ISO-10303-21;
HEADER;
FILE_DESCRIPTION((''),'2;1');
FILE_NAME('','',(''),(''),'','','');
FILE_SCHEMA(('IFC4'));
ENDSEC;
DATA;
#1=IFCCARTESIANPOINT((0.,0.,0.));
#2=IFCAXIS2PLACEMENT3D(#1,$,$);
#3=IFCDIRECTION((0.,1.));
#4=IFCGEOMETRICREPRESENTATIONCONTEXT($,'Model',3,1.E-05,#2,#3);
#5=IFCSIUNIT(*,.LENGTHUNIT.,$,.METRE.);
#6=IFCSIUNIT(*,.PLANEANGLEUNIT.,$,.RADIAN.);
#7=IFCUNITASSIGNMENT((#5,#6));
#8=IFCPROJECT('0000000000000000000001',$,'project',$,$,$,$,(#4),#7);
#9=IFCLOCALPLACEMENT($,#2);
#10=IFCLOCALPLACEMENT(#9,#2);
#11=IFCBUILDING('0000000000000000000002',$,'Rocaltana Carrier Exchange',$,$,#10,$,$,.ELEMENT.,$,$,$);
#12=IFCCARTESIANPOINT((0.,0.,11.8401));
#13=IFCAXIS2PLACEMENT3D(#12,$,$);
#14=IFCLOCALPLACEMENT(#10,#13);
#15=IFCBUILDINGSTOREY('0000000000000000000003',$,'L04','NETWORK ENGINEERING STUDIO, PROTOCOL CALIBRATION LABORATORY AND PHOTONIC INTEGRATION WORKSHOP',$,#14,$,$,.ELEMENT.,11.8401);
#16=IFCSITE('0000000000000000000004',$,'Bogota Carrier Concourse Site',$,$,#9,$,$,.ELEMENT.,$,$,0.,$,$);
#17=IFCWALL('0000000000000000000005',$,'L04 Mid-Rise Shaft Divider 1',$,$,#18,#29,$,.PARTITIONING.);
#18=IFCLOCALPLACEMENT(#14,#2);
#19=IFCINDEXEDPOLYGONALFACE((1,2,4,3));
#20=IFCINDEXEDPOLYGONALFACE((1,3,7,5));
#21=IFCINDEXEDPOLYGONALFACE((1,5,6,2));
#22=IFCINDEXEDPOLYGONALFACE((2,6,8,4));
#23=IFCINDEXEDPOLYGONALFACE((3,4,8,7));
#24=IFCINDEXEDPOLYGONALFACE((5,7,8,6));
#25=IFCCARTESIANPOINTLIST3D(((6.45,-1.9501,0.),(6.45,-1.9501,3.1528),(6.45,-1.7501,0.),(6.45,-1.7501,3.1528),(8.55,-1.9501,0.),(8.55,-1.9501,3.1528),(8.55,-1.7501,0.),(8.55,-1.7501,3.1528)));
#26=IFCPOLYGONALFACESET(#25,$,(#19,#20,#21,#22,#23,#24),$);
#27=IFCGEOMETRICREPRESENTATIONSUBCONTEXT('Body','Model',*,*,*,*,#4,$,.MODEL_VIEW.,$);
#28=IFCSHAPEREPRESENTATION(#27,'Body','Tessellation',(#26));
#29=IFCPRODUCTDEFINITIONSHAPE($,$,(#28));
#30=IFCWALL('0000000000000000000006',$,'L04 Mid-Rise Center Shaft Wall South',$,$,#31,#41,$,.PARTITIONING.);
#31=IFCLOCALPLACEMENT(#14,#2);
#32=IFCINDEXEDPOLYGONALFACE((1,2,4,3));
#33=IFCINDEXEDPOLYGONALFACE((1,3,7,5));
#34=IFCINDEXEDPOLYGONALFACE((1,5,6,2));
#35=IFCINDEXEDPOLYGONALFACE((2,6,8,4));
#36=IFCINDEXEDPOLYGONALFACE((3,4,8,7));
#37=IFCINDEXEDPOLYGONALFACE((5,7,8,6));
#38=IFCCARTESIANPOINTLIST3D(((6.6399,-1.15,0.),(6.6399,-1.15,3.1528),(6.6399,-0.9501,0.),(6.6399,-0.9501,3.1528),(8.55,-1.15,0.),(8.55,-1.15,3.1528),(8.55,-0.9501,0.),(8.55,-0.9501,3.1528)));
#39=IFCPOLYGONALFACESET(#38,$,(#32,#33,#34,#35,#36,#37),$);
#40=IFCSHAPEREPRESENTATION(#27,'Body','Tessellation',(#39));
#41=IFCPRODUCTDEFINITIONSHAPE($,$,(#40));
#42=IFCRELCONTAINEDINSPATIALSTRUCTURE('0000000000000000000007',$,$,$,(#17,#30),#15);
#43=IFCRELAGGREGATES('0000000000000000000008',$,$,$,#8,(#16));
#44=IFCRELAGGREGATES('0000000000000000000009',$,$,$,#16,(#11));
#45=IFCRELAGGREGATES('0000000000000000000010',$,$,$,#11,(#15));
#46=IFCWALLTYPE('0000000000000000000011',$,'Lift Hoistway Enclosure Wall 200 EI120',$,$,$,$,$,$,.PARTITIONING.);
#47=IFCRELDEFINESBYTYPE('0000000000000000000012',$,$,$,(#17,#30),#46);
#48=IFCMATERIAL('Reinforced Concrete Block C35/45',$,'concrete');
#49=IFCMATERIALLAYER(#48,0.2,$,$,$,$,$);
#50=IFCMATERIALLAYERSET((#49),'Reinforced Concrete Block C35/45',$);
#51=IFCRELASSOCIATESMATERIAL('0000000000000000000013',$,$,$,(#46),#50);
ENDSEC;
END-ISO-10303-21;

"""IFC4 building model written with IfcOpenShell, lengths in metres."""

from ifc_helpers import new_model, si_unit, direction, frame, frame_2d, origin, place, context, subcontext, project, spatial, rectangle, extrude, material, layer, layer_set, type_object, element, save


model = new_model("IFC4")

# Units and contexts
model_context = context("Model", 3, precision=1e-05, world=origin(), true_north=direction((0.0, 1.0)))
body_context = subcontext(model_context, "Body", "Model", "MODEL_VIEW")
ifc_project = project(units=[si_unit("LENGTHUNIT", "METRE"), si_unit("PLANEANGLEUNIT", "RADIAN")], contexts=[model_context])

# Site, building, storey
site_placement = place(None, origin())
site = spatial("IfcSite", under=ifc_project, at=site_placement, Name="Bogota Carrier Concourse Site", CompositionType="ELEMENT", RefElevation=0.0)
building_placement = place(site_placement, origin())
building = spatial("IfcBuilding", under=site, at=building_placement, Name="Rocaltana Carrier Exchange", CompositionType="ELEMENT")
storey_placement = place(building_placement, frame((0.0, 0.0, 11.8401)))
storey = spatial("IfcBuildingStorey", under=building, at=storey_placement, Name="L04", Description="NETWORK ENGINEERING STUDIO, PROTOCOL CALIBRATION LABORATORY AND PHOTONIC INTEGRATION WORKSHOP", CompositionType="ELEMENT", Elevation=11.8401)

# Walls
ifc_material_1 = material(Name="Reinforced Concrete Block C35/45", Category="concrete")
ifc_layer_1 = layer(ifc_material_1, 0.2)
ifc_layer_set_1 = layer_set([ifc_layer_1], Name="Reinforced Concrete Block C35/45")
wall_type_1 = type_object("IfcWallType", Name="Lift Hoistway Enclosure Wall 200 EI120", PredefinedType="PARTITIONING", material=ifc_layer_set_1)
wall_1_placement = place(storey_placement, frame((6.45, -1.8501, 0.0), z_axis=(0.0, 0.0, 1.0), x_axis=(1.0, 0.0, 0.0)))
element("IfcWall", 1, at=wall_1_placement, inside=storey, type_object=wall_type_1, Name="L04 Mid-Rise Shaft Divider 1", PredefinedType="PARTITIONING", context=body_context, shape_type="SweptSolid", body=[
    extrude(rectangle(XDim=2.1001, YDim=0.2, at=frame_2d((1.05, 0.0))), origin(), (0.0, 0.0, 1.0), 3.1528),
])
wall_2_placement = place(storey_placement, frame((6.6399, -1.05, 0.0), z_axis=(0.0, 0.0, 1.0), x_axis=(1.0, 0.0, 0.0)))
element("IfcWall", 2, at=wall_2_placement, inside=storey, type_object=wall_type_1, Name="L04 Mid-Rise Center Shaft Wall South", PredefinedType="PARTITIONING", context=body_context, shape_type="SweptSolid", body=[
    extrude(rectangle(XDim=1.9102, YDim=0.2, at=frame_2d((0.9551, 0.0))), origin(), (0.0, 0.0, 1.0), 3.1528),
])

save(model, "model.ifc")
